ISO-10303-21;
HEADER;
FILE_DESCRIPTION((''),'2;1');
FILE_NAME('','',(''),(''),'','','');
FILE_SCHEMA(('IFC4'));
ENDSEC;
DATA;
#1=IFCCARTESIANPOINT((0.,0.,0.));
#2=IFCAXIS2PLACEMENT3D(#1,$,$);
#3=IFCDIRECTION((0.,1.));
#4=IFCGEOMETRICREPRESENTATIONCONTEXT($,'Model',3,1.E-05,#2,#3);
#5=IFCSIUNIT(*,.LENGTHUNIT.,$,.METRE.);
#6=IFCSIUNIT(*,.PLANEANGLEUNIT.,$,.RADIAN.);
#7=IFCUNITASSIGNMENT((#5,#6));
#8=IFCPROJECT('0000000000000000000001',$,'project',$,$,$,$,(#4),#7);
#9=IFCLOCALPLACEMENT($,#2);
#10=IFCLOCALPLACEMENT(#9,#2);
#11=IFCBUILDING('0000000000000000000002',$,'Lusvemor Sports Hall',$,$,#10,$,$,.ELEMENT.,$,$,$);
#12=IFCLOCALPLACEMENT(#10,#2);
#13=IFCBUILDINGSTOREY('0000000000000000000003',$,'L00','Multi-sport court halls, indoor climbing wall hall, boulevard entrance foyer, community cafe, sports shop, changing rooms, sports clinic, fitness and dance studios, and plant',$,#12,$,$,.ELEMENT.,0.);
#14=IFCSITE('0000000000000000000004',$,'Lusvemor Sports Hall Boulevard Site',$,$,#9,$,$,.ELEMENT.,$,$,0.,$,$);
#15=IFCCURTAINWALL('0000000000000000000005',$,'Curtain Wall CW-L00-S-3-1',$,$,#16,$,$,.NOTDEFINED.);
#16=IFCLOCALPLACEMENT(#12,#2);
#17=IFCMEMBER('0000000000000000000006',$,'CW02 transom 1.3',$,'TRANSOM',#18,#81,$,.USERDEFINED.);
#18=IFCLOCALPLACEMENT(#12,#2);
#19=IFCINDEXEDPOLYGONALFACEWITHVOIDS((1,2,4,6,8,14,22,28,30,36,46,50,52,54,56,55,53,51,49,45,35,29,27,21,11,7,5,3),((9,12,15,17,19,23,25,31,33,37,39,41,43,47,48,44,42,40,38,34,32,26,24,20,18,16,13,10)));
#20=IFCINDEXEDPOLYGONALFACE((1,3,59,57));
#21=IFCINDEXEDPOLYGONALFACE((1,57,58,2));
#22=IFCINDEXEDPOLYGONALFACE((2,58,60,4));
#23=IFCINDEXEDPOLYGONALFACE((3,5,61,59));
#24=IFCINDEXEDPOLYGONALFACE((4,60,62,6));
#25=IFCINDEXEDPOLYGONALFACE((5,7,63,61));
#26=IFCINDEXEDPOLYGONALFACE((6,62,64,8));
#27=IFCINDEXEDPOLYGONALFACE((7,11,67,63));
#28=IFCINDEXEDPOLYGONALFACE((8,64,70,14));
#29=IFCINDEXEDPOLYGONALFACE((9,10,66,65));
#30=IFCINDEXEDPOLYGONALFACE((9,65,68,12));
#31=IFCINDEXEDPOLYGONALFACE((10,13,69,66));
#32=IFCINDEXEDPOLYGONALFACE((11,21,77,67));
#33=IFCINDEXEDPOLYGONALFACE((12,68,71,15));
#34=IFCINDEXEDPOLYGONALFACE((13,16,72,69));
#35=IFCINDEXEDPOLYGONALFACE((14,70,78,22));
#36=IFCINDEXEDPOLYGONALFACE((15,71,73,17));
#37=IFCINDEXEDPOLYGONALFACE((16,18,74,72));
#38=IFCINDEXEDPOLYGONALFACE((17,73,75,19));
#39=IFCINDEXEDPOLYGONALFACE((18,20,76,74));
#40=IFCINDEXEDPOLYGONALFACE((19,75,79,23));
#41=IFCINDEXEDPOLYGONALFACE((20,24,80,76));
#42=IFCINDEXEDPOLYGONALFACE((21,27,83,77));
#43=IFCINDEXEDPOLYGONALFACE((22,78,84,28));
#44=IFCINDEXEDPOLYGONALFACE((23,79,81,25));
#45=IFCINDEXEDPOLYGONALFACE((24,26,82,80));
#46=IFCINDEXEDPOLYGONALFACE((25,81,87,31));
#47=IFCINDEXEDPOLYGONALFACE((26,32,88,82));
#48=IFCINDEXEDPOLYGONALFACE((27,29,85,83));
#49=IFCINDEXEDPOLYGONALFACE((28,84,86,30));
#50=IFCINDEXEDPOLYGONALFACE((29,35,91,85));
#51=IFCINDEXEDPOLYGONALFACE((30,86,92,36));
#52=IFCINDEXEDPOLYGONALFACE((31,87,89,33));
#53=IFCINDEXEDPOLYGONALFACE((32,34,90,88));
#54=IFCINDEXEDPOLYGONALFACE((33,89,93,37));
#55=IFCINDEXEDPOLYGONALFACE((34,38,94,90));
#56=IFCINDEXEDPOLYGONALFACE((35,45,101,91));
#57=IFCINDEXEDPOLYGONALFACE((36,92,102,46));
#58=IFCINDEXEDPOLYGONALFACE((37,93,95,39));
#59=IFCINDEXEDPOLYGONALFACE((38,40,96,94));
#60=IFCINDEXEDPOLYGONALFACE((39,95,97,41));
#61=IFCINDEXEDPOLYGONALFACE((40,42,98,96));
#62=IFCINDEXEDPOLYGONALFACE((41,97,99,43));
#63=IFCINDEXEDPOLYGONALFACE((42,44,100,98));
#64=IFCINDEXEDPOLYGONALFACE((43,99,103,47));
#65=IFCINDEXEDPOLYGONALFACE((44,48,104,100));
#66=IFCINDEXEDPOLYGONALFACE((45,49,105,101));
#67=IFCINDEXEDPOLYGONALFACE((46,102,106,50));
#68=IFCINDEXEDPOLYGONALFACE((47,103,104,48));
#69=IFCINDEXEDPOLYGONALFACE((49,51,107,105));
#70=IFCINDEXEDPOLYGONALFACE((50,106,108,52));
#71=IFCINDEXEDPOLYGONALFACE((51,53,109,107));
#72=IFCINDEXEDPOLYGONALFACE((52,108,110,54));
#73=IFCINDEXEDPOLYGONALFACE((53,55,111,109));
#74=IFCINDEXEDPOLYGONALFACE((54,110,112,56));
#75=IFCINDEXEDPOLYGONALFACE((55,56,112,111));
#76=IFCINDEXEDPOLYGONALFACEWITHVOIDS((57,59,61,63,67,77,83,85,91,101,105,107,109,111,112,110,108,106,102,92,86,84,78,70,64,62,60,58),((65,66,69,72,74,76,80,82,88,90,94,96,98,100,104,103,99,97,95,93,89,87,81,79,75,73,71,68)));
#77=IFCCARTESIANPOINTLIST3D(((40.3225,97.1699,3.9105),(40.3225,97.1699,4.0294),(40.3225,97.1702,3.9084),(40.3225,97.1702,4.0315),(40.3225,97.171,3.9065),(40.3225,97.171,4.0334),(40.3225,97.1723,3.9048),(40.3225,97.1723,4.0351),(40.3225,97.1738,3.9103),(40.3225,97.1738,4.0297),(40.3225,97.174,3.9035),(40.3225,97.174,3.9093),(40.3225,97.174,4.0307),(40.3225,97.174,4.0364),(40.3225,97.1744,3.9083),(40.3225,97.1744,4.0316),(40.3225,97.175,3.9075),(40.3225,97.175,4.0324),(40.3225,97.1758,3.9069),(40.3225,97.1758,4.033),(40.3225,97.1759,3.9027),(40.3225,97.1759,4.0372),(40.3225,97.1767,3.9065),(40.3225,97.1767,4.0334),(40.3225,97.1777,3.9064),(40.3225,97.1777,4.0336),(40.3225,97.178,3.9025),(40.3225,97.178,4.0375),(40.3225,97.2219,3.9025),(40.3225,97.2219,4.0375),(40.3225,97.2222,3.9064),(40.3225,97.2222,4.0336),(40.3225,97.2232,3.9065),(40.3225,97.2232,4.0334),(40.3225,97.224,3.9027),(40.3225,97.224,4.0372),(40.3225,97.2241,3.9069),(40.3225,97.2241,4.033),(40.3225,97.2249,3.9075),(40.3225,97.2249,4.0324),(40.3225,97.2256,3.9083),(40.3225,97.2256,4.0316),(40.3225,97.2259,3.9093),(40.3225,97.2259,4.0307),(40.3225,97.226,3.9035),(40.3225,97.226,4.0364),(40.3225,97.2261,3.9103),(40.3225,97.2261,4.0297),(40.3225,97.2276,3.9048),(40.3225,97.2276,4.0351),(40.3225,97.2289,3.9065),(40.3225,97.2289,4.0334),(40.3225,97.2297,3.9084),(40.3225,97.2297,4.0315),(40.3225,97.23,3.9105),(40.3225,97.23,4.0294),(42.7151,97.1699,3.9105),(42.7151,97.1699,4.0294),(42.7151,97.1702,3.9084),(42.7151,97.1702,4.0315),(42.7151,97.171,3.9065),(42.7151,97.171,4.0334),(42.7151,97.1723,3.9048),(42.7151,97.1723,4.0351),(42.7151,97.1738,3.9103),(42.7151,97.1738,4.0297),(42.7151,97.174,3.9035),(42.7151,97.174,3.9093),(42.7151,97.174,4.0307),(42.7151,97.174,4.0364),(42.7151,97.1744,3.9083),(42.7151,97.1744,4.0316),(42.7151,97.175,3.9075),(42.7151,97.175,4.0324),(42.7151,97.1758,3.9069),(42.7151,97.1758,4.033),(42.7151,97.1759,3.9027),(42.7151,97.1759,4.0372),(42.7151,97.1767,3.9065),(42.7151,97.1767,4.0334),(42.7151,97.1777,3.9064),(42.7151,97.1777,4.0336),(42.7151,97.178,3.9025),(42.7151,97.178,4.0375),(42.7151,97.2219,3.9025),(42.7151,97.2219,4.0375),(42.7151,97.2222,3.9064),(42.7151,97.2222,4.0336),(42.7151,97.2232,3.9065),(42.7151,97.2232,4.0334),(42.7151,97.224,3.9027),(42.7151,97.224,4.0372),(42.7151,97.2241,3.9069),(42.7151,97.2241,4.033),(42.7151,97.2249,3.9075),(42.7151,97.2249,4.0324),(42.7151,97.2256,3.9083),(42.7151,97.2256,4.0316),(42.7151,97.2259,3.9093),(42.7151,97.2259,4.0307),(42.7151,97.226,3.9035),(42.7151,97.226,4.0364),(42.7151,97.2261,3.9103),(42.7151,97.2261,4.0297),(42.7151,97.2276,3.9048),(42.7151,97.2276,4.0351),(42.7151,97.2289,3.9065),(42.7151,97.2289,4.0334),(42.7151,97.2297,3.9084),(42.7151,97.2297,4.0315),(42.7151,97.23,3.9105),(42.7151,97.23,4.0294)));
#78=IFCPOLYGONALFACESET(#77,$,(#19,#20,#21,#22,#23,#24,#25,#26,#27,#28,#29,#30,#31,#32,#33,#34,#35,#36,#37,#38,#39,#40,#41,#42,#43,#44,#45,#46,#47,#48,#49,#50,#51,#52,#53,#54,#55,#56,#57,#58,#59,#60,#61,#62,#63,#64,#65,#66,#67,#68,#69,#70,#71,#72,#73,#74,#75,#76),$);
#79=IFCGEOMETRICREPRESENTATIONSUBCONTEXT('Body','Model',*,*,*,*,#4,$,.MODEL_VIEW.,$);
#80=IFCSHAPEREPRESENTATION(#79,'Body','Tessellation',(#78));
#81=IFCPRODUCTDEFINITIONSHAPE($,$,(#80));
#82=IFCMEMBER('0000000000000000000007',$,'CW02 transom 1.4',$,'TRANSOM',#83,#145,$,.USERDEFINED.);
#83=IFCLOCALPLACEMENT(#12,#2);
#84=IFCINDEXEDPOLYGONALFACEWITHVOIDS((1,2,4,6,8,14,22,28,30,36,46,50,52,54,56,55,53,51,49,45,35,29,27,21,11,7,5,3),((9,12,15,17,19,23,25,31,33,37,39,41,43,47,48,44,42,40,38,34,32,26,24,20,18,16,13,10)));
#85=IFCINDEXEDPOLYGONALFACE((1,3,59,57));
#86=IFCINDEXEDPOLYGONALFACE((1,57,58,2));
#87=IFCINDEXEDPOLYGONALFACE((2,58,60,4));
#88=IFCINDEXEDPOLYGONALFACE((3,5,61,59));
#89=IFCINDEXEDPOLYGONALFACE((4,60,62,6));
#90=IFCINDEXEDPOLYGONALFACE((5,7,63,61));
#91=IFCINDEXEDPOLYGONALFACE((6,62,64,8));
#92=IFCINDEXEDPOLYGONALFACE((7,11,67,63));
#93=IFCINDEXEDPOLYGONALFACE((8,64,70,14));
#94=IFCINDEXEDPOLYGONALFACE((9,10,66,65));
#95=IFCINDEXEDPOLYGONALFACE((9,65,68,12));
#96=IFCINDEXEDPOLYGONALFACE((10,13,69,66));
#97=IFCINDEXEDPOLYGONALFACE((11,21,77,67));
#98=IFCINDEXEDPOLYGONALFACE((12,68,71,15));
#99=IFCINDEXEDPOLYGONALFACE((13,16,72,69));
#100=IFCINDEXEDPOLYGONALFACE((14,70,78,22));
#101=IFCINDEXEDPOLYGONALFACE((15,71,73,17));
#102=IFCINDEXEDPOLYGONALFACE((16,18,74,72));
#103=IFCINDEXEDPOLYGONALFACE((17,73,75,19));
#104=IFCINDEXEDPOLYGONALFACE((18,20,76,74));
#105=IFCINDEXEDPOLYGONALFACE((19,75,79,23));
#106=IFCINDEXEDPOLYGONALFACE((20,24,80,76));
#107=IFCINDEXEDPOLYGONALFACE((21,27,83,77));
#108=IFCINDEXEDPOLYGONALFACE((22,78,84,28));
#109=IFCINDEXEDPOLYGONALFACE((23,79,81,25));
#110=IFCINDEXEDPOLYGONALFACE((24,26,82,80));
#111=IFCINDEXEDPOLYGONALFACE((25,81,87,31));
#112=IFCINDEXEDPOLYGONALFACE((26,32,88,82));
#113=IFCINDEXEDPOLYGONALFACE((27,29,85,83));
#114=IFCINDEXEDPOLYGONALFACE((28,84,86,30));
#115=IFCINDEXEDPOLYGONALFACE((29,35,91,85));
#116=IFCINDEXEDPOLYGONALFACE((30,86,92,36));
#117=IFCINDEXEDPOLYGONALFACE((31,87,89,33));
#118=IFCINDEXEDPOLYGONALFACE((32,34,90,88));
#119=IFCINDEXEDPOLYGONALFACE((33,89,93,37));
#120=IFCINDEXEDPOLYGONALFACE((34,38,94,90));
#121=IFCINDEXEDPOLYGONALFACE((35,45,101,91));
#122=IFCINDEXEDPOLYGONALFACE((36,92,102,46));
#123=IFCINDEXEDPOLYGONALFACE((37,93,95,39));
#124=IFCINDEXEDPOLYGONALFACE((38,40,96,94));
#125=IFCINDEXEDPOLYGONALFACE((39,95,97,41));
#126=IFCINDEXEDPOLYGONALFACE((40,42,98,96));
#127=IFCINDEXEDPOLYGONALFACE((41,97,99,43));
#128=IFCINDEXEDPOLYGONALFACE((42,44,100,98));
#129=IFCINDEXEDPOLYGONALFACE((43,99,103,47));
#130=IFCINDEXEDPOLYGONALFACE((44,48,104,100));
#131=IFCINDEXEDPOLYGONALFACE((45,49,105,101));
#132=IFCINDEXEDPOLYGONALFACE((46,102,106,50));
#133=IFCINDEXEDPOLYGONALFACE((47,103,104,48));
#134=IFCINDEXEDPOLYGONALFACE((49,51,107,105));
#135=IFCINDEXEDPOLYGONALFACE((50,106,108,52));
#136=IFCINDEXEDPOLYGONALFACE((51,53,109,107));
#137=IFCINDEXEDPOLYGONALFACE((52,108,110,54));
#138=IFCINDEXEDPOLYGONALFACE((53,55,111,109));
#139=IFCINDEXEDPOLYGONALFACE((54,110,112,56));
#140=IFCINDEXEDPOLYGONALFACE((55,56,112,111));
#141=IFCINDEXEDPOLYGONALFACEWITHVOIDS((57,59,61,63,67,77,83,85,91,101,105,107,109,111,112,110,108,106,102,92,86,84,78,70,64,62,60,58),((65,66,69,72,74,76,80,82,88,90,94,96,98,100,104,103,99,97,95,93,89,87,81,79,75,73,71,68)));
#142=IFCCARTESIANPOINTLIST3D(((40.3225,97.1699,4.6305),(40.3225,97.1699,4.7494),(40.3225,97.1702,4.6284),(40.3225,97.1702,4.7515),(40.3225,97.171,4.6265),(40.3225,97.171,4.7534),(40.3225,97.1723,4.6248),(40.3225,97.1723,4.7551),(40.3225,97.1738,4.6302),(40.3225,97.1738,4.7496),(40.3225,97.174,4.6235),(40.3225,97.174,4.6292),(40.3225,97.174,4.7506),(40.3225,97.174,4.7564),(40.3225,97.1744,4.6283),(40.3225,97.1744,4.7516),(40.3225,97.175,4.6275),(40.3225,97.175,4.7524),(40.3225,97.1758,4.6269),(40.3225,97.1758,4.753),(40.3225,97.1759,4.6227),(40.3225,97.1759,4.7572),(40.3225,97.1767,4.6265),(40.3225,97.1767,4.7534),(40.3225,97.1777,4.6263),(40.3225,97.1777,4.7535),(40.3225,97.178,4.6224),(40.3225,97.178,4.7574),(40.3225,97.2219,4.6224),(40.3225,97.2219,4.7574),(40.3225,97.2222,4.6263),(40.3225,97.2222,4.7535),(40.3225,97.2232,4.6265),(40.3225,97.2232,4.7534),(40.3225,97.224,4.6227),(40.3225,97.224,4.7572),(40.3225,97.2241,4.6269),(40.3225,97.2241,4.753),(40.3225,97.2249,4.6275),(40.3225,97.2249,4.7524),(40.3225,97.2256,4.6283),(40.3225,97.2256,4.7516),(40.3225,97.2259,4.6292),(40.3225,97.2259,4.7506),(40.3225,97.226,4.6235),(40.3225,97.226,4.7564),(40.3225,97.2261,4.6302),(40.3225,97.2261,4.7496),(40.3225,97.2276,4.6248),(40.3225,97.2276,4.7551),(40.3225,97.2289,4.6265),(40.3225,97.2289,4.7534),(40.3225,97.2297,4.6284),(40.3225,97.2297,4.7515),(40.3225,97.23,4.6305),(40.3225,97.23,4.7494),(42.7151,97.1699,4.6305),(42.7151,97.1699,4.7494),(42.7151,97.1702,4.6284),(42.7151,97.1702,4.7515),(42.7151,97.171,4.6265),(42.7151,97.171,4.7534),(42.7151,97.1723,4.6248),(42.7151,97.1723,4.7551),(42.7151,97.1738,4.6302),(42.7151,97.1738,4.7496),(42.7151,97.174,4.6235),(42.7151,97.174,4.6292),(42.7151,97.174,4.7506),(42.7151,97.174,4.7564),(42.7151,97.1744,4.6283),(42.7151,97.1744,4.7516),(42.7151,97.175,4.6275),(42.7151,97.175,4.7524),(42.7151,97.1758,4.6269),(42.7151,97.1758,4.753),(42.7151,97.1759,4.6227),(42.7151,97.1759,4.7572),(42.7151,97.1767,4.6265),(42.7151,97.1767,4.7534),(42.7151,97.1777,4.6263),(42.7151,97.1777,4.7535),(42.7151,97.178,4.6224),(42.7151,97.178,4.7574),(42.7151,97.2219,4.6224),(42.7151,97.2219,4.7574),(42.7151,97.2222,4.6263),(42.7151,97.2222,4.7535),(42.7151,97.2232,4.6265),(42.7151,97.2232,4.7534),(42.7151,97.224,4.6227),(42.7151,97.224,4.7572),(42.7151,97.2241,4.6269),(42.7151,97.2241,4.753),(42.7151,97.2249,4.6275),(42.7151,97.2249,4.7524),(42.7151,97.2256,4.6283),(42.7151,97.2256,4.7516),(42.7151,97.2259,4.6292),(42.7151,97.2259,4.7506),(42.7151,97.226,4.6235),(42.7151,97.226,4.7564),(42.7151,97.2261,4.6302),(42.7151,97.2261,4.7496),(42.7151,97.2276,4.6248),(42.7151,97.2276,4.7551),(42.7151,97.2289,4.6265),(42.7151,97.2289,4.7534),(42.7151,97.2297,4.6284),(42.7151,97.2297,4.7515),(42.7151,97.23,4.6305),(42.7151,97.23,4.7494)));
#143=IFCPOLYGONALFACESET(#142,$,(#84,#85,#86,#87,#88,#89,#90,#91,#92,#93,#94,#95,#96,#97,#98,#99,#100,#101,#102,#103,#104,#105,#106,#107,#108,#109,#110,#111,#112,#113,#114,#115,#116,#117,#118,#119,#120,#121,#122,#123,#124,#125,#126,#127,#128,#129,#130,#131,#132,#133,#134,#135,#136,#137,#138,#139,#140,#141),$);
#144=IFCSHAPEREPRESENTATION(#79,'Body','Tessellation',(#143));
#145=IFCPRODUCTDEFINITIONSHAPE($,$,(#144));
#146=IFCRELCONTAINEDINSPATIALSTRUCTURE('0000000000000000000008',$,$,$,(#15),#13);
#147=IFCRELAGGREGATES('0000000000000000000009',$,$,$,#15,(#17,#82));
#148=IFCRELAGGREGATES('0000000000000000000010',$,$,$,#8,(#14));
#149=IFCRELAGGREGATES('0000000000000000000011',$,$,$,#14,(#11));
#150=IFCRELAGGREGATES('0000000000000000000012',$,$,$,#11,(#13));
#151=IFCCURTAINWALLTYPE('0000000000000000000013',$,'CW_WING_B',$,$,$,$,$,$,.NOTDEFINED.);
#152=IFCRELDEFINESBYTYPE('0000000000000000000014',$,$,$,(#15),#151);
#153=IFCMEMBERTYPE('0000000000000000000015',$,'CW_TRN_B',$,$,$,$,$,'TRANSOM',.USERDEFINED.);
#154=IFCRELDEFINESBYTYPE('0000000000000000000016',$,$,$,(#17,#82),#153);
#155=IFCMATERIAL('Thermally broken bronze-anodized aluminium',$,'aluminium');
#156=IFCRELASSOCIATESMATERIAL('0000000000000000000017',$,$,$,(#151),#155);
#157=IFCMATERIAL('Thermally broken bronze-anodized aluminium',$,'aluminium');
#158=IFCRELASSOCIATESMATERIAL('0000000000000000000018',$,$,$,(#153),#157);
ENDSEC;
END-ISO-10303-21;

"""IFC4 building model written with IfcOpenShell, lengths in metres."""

from ifc_helpers import new_model, si_unit, direction, frame, origin, origin_2d, place, context, subcontext, project, spatial, hollow_rectangle, extrude, material, material_profile, profile_set, type_object, element, aggregate, save


model = new_model("IFC4")

# Units and contexts
model_context = context("Model", 3, precision=1e-05, world=origin(), true_north=direction((0.0, 1.0)))
body_context = subcontext(model_context, "Body", "Model", "MODEL_VIEW")
ifc_project = project(units=[si_unit("LENGTHUNIT", "METRE"), si_unit("PLANEANGLEUNIT", "RADIAN")], contexts=[model_context])

# Site, building, storey
site_placement = place(None, origin())
site = spatial("IfcSite", under=ifc_project, at=site_placement, Name="Lusvemor Sports Hall Boulevard Site", CompositionType="ELEMENT", RefElevation=0.0)
building_placement = place(site_placement, origin())
building = spatial("IfcBuilding", under=site, at=building_placement, Name="Lusvemor Sports Hall", CompositionType="ELEMENT")
storey_placement = place(building_placement, origin())
storey = spatial("IfcBuildingStorey", under=building, at=storey_placement, Name="L00", Description="Multi-sport court halls, indoor climbing wall hall, boulevard entrance foyer, community cafe, sports shop, changing rooms, sports clinic, fitness and dance studios, and plant", CompositionType="ELEMENT", Elevation=0.0)

# Curtain wall
ifc_material_1 = material(Name="Thermally broken bronze-anodized aluminium", Category="aluminium")
curtain_wall_type = type_object("IfcCurtainWallType", Name="CW_WING_B", PredefinedType="NOTDEFINED", material=ifc_material_1)
curtain_wall_1_placement = place(storey_placement, origin())
curtain_wall_1 = element("IfcCurtainWall", 1, at=curtain_wall_1_placement, inside=storey, type_object=curtain_wall_type, Name="Curtain Wall CW-L00-S-3-1", PredefinedType="NOTDEFINED")

# Members
ifc_material_2 = material(Name="Thermally broken bronze-anodized aluminium", Category="aluminium")
ifc_material_profile_1 = material_profile(ifc_material_2, hollow_rectangle(XDim=0.0601, YDim=0.135, WallThickness=0.0039, InnerFilletRadius=0.0039, OuterFilletRadius=0.0081, at=origin_2d()), Name="CWTRN135x60x4")
ifc_profile_set_1 = profile_set([ifc_material_profile_1], Name="Thermally broken bronze-anodized aluminium")
member_type_1 = type_object("IfcMemberType", Name="CW_TRN_B", ElementType="TRANSOM", PredefinedType="USERDEFINED", material=ifc_profile_set_1)
member_1_placement = place(storey_placement, frame((42.7151, 97.2, 3.97), z_axis=(-1.0, 0.0, 0.0), x_axis=(0.0, -1.0, 0.0)))
member_1 = element("IfcMember", 2, at=member_1_placement, type_object=member_type_1, Name="CW02 transom 1.3", ObjectType="TRANSOM", PredefinedType="USERDEFINED", context=body_context, shape_type="SweptSolid", body=[
    extrude(hollow_rectangle(XDim=0.0601, YDim=0.135, WallThickness=0.0039, InnerFilletRadius=0.0039, OuterFilletRadius=0.0081, at=origin_2d()), origin(), (0.0, 0.0, 1.0), 2.3926),
])
member_2_placement = place(storey_placement, frame((42.7151, 97.2, 4.6899), z_axis=(-1.0, 0.0, 0.0), x_axis=(0.0, -1.0, 0.0)))
member_2 = element("IfcMember", 3, at=member_2_placement, type_object=member_type_1, Name="CW02 transom 1.4", ObjectType="TRANSOM", PredefinedType="USERDEFINED", context=body_context, shape_type="SweptSolid", body=[
    extrude(hollow_rectangle(XDim=0.0601, YDim=0.135, WallThickness=0.0039, InnerFilletRadius=0.0039, OuterFilletRadius=0.0081, at=origin_2d()), origin(), (0.0, 0.0, 1.0), 2.3926),
])

aggregate(curtain_wall_1, [member_1, member_2])

save(model, "model.ifc")
